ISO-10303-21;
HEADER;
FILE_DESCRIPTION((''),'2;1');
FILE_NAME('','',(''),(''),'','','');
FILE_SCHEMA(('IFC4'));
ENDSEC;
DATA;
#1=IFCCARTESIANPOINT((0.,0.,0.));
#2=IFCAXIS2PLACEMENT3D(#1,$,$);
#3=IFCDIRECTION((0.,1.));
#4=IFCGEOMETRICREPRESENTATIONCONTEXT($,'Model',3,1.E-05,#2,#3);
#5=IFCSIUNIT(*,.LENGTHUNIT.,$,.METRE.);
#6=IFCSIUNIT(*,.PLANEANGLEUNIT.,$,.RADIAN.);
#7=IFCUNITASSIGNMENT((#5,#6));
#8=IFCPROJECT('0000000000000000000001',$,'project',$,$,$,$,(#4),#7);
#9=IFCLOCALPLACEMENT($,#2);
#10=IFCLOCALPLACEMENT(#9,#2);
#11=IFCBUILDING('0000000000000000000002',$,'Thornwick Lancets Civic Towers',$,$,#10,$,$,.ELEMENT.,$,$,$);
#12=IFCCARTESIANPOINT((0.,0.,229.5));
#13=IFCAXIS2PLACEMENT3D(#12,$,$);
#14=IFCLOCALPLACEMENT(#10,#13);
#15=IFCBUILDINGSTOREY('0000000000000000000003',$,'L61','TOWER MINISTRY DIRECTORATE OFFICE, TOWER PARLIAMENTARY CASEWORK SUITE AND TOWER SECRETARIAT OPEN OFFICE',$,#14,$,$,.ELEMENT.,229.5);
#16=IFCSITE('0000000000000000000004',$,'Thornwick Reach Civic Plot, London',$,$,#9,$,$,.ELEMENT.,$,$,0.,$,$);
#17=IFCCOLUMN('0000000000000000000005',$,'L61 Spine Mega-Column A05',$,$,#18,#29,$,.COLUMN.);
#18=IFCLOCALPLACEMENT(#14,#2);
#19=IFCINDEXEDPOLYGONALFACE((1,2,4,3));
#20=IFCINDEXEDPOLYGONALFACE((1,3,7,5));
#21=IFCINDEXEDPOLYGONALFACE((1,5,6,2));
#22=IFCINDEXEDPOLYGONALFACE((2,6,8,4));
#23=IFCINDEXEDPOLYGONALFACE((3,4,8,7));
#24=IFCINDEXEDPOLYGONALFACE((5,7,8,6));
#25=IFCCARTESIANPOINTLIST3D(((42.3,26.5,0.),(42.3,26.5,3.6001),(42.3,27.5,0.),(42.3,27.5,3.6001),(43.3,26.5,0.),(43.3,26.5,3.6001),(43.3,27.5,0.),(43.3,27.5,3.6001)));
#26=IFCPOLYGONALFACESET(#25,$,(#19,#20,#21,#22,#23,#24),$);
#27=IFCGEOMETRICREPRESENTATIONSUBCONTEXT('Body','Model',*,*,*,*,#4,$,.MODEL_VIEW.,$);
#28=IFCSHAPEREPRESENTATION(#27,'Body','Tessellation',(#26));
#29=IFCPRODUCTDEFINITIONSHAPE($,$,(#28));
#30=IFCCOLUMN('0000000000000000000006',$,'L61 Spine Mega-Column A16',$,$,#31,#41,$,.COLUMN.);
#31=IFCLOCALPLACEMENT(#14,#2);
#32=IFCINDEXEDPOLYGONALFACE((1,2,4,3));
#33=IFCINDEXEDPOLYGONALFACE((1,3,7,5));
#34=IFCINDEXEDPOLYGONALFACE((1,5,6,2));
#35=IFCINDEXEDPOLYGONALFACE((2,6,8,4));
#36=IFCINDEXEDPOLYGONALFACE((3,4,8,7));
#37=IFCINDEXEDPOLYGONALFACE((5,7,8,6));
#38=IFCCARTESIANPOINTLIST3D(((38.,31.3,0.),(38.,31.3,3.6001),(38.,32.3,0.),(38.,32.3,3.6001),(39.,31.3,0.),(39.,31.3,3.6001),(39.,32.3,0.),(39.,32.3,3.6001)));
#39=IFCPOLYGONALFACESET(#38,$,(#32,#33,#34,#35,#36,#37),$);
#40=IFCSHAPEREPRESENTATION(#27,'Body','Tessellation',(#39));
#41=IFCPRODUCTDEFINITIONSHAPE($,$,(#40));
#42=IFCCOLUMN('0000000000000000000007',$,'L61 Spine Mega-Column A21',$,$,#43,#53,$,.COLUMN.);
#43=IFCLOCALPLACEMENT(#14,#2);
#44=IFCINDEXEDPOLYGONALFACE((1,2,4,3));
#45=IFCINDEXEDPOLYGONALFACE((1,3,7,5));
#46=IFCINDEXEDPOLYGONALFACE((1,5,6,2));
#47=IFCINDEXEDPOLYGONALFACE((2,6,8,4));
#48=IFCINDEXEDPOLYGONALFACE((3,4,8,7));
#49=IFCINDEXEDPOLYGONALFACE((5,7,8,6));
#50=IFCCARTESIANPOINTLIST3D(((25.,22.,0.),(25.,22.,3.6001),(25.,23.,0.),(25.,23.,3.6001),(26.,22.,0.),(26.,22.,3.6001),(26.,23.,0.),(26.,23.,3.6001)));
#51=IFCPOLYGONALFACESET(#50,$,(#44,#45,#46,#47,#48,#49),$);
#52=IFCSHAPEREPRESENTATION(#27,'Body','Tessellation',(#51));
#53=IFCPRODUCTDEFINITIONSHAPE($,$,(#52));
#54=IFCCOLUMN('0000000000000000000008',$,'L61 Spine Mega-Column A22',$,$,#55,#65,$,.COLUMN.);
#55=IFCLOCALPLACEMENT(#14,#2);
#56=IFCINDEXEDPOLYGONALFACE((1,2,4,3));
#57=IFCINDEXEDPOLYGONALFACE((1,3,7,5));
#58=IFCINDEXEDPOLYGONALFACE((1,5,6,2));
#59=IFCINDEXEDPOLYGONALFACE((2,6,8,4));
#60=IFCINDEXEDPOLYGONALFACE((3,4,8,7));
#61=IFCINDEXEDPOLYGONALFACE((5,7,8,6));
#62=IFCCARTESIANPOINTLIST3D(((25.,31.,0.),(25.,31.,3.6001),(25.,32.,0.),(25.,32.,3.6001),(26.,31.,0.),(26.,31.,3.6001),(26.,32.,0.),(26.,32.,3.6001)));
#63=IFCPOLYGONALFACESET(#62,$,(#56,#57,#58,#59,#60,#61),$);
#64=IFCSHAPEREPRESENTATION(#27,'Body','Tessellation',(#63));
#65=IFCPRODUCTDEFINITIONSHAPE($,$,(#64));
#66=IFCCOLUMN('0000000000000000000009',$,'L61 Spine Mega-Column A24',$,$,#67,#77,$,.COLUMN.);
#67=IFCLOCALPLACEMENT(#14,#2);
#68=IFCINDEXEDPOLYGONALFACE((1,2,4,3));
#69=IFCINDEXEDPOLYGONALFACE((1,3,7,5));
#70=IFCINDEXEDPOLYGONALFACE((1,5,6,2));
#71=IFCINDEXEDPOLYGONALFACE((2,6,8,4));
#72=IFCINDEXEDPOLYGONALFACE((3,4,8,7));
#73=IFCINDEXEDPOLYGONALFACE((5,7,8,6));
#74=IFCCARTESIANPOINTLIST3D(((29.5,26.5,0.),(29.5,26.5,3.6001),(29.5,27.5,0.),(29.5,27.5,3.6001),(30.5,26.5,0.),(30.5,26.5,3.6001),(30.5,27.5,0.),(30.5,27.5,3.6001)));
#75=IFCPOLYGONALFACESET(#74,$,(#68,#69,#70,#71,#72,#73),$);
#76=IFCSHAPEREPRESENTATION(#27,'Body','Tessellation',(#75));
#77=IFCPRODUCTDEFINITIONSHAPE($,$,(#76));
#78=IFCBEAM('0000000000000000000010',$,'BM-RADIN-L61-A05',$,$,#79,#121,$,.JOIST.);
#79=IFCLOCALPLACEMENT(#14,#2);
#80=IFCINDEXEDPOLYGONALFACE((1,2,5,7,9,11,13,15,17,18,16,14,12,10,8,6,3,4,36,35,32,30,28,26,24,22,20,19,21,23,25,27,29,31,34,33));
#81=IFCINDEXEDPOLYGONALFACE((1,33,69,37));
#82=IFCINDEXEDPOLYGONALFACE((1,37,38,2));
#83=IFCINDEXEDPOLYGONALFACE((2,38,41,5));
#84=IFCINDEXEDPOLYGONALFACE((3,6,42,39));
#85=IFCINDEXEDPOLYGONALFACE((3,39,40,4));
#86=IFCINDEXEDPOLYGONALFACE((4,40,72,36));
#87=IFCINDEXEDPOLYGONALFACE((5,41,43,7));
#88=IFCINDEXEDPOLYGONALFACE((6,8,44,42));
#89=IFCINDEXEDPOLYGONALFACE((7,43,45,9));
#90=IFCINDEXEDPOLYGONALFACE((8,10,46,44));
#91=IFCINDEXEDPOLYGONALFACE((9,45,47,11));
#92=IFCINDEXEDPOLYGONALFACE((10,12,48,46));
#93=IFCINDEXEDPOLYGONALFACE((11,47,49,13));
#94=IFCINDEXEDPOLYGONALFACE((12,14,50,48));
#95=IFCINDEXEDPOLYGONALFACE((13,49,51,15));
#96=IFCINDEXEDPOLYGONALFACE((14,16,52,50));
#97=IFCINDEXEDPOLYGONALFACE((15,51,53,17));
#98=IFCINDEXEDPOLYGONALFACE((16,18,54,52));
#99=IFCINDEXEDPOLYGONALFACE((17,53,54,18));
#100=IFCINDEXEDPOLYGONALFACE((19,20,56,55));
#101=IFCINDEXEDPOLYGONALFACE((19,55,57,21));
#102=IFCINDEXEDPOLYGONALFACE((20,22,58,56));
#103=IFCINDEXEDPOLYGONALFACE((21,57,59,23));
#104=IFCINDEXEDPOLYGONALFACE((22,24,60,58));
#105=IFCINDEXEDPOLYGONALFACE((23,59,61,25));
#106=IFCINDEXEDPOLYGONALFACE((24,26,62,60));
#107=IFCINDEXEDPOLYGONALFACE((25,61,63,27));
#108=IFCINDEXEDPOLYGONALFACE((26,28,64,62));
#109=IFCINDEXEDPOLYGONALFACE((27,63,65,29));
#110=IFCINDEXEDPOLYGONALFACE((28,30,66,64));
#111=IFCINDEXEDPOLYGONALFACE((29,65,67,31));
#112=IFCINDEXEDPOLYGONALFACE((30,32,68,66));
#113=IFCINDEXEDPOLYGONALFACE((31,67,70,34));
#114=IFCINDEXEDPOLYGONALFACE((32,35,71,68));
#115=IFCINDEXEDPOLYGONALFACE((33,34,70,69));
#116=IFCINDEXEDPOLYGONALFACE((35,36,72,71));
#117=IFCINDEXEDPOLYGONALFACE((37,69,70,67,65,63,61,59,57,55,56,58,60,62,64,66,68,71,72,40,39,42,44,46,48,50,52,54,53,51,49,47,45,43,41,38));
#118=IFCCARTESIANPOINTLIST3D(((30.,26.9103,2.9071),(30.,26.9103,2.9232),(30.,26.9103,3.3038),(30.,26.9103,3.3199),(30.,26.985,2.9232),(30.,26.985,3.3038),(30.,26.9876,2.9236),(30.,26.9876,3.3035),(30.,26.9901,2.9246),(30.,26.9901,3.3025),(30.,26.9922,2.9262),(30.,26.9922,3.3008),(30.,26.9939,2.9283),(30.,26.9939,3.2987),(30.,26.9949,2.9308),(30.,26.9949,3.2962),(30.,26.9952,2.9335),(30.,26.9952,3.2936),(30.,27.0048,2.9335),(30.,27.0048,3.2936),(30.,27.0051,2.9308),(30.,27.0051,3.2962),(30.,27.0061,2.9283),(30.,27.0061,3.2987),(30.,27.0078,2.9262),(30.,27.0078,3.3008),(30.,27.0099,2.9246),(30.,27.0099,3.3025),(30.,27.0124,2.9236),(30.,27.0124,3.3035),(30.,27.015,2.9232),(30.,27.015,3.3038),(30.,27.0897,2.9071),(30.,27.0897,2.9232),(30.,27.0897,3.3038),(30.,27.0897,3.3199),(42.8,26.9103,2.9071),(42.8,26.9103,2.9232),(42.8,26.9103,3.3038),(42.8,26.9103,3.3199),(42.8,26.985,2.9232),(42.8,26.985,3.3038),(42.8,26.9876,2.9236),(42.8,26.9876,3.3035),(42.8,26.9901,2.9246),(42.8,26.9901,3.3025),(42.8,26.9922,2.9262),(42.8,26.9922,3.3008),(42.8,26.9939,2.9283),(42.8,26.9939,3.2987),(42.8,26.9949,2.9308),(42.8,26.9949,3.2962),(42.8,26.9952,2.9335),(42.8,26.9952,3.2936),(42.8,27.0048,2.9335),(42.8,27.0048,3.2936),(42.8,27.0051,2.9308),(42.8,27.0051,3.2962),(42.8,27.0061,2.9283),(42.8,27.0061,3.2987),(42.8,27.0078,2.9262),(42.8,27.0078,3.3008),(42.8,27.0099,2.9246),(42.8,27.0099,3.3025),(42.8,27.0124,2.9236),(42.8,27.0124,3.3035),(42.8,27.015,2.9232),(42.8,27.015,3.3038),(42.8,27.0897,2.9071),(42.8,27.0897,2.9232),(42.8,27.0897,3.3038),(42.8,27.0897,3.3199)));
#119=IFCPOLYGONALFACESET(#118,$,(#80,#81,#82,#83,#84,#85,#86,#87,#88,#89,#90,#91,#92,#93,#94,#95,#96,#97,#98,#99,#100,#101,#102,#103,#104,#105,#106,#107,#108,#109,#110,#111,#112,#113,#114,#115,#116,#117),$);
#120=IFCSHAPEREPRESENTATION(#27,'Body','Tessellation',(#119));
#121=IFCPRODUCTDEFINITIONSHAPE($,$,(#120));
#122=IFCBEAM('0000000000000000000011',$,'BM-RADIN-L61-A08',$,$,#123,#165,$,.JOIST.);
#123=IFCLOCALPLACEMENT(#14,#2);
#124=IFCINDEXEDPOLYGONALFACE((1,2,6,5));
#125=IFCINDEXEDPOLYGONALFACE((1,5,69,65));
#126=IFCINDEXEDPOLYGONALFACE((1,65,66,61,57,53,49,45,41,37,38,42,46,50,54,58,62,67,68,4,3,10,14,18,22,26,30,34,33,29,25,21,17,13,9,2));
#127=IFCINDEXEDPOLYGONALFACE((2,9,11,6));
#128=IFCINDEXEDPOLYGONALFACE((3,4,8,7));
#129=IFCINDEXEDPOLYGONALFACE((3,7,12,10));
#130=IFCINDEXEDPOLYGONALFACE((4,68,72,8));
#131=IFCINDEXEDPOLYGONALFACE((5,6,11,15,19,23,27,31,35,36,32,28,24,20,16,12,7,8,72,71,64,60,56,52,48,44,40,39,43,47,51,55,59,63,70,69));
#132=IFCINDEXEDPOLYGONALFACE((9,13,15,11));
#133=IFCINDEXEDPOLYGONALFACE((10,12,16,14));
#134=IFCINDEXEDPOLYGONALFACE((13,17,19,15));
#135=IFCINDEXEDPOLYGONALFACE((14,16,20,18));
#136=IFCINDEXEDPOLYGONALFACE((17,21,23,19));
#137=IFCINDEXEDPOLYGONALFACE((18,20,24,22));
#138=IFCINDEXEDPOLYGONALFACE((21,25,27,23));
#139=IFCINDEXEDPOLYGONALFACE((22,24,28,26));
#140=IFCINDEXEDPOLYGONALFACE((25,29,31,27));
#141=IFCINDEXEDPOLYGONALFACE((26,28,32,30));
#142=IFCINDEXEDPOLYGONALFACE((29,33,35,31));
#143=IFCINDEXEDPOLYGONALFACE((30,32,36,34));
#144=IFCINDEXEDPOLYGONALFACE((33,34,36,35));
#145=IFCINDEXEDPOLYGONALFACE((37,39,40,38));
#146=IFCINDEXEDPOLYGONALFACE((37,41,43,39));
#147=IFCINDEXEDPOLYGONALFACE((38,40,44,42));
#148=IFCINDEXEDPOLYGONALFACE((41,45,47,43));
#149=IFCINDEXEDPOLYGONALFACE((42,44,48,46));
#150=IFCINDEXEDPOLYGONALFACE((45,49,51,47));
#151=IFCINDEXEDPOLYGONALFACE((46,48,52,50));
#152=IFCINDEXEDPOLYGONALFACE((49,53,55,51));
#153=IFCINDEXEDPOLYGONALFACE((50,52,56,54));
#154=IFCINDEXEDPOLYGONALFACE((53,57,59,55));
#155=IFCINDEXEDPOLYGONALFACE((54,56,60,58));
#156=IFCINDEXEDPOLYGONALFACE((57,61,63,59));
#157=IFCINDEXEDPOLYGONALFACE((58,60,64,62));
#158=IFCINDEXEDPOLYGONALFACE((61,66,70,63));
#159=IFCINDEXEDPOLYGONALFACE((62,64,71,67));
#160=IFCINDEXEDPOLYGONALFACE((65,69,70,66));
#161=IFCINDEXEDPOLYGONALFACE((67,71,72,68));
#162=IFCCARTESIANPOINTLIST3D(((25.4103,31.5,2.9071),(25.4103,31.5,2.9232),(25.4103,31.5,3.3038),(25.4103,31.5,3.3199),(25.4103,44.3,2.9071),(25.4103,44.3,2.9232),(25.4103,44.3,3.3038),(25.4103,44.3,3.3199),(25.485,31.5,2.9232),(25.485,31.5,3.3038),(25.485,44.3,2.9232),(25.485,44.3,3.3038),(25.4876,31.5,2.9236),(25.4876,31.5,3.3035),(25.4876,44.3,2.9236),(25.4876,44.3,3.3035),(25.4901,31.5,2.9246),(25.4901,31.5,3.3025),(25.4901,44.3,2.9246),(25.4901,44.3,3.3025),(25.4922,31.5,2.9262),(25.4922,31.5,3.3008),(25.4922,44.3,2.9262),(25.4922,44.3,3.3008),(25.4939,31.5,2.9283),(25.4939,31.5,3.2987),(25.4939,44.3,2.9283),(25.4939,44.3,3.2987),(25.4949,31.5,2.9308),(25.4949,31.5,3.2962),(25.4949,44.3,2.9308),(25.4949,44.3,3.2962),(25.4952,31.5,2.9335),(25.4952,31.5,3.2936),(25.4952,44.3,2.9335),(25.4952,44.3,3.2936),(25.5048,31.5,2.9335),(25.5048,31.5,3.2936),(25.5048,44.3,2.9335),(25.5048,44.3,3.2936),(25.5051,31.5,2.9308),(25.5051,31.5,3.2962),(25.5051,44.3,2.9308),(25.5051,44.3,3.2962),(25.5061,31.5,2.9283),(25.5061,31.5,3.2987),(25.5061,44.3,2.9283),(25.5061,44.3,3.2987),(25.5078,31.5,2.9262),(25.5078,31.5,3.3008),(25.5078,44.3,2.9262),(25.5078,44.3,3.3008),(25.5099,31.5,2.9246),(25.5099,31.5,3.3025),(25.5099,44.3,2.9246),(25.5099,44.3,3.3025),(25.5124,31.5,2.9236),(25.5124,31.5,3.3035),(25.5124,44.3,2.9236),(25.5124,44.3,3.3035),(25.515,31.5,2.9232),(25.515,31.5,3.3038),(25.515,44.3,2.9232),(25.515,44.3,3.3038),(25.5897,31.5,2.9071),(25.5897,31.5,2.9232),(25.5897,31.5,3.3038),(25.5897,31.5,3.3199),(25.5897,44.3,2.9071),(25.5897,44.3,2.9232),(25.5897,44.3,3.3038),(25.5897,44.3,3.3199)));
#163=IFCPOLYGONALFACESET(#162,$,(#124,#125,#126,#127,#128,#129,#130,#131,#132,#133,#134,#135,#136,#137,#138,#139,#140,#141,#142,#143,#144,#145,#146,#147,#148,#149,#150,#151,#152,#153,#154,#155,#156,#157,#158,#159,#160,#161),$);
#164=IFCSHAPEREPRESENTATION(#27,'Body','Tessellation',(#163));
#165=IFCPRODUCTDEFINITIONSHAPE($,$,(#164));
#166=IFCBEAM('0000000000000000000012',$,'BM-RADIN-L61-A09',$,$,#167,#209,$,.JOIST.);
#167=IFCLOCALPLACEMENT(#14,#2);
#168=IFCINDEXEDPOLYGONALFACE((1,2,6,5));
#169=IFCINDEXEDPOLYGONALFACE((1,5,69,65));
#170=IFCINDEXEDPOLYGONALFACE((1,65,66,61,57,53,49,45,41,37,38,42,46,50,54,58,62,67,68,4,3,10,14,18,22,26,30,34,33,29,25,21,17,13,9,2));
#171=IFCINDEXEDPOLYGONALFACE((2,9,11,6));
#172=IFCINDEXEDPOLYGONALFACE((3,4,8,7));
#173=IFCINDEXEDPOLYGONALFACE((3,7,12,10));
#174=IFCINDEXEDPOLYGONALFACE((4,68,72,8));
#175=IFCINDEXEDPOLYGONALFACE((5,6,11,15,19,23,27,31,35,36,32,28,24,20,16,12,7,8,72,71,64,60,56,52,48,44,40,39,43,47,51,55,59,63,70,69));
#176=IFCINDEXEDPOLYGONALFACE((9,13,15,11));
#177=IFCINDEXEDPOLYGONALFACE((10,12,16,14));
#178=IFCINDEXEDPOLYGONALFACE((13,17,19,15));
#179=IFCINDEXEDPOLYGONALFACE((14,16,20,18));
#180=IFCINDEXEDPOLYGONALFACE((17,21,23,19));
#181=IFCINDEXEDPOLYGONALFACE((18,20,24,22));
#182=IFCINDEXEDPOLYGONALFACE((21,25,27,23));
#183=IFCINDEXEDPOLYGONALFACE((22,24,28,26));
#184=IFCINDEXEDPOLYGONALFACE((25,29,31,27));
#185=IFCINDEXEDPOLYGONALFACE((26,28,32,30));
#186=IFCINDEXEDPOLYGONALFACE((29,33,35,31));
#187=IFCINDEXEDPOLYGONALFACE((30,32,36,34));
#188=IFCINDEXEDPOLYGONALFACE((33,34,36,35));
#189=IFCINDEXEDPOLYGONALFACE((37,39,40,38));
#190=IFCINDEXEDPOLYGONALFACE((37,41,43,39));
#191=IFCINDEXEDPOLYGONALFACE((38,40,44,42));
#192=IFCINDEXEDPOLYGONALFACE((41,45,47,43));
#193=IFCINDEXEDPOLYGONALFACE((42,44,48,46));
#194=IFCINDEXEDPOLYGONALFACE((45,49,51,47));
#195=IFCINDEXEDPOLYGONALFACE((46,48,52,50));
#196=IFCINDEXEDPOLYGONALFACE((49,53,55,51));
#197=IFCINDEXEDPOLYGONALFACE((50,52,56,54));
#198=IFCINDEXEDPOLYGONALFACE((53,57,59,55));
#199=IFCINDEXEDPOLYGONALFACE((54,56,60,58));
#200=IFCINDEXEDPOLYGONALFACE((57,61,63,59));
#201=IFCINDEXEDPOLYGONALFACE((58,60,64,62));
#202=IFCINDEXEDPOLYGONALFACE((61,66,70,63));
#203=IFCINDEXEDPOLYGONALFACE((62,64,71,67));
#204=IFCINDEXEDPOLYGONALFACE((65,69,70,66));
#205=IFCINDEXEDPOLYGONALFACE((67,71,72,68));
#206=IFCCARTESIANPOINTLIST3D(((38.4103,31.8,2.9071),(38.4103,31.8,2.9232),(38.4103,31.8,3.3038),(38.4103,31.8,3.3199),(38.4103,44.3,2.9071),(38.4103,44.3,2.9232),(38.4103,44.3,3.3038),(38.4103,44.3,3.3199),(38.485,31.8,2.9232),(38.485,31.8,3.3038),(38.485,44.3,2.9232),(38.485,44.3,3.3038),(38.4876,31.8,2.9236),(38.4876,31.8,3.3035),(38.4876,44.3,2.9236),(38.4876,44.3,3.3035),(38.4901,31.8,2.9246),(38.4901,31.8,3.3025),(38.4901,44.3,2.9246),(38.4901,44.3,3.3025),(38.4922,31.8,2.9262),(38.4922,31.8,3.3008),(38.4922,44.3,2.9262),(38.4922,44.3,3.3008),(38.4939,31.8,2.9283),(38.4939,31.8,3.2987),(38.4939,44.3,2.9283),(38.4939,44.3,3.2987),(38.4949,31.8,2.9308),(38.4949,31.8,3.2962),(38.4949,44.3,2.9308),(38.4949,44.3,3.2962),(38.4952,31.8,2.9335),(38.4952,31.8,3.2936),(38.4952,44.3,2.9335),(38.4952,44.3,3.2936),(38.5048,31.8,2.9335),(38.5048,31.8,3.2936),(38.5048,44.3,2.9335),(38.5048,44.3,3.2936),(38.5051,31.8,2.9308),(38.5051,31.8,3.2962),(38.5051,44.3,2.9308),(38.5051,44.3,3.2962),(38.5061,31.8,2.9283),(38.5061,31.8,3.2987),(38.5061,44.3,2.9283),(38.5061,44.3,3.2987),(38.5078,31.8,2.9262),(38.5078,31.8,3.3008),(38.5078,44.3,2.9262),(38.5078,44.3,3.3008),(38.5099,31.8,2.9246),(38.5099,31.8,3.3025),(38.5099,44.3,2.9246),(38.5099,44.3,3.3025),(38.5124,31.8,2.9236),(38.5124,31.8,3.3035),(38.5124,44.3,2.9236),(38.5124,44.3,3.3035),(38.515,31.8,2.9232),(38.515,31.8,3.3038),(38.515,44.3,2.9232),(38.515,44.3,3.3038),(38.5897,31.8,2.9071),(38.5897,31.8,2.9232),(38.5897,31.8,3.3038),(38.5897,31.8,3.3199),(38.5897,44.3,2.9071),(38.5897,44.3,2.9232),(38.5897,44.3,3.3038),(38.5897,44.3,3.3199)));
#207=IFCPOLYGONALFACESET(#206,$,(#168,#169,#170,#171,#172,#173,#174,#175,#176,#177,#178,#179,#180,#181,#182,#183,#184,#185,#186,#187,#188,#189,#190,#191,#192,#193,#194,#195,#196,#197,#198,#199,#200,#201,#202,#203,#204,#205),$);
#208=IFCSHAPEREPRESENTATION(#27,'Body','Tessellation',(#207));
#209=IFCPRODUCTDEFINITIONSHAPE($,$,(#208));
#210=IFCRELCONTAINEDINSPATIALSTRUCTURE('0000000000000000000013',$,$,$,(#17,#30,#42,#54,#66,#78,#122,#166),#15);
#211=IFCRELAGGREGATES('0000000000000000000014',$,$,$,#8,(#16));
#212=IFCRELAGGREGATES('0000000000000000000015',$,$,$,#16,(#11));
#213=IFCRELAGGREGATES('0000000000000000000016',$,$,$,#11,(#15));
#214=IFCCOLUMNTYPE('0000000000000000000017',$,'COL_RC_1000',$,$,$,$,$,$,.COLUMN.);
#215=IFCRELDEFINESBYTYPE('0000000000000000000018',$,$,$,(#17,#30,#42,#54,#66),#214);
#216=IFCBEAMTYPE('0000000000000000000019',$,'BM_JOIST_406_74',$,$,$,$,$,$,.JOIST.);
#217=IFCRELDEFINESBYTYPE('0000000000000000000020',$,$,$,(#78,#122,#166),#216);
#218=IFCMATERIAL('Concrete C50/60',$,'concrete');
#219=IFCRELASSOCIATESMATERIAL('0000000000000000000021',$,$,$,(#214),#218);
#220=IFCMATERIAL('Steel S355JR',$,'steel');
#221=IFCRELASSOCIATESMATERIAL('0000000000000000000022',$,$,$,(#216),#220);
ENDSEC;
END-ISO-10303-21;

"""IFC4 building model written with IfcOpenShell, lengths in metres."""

from ifc_helpers import new_model, si_unit, direction, frame, origin, origin_2d, place, context, subcontext, project, spatial, rectangle, i_section, extrude, material, material_profile, profile_set, type_object, element, save


model = new_model("IFC4")

# Units and contexts
model_context = context("Model", 3, precision=1e-05, world=origin(), true_north=direction((0.0, 1.0)))
body_context = subcontext(model_context, "Body", "Model", "MODEL_VIEW")
ifc_project = project(units=[si_unit("LENGTHUNIT", "METRE"), si_unit("PLANEANGLEUNIT", "RADIAN")], contexts=[model_context])

# Site, building, storey
site_placement = place(None, origin())
site = spatial("IfcSite", under=ifc_project, at=site_placement, Name="Thornwick Reach Civic Plot, London", CompositionType="ELEMENT", RefElevation=0.0)
building_placement = place(site_placement, origin())
building = spatial("IfcBuilding", under=site, at=building_placement, Name="Thornwick Lancets Civic Towers", CompositionType="ELEMENT")
storey_placement = place(building_placement, frame((0.0, 0.0, 229.5)))
storey = spatial("IfcBuildingStorey", under=building, at=storey_placement, Name="L61", Description="TOWER MINISTRY DIRECTORATE OFFICE, TOWER PARLIAMENTARY CASEWORK SUITE AND TOWER SECRETARIAT OPEN OFFICE", CompositionType="ELEMENT", Elevation=229.5)

# Columns
ifc_material_1 = material(Name="Concrete C50/60", Category="concrete")
ifc_material_profile_1 = material_profile(ifc_material_1, rectangle(XDim=1.0, YDim=1.0, at=origin_2d()), Name="RC 1000x1000")
ifc_profile_set_1 = profile_set([ifc_material_profile_1], Name="Concrete C50/60")
column_type = type_object("IfcColumnType", Name="COL_RC_1000", PredefinedType="COLUMN", material=ifc_profile_set_1)
for number, where, z_axis, x_axis, name in (
    (1, (42.8, 27.0, 0.0), (0.0, 0.0, 1.0), (1.0, 0.0, 0.0), "L61 Spine Mega-Column A05"),
    (2, (38.5, 31.8, 0.0), (0.0, 0.0, 1.0), (1.0, 0.0, 0.0), "L61 Spine Mega-Column A16"),
    (3, (25.5, 22.5, 0.0), (0.0, 0.0, 1.0), (1.0, 0.0, 0.0), "L61 Spine Mega-Column A21"),
    (4, (25.5, 31.5, 0.0), (0.0, 0.0, 1.0), (1.0, 0.0, 0.0), "L61 Spine Mega-Column A22"),
    (5, (30.0, 27.0, 0.0), (0.0, 0.0, 1.0), (1.0, 0.0, 0.0), "L61 Spine Mega-Column A24"),
):
    element("IfcColumn", number, at=place(storey_placement, frame(where, z_axis=z_axis, x_axis=x_axis)), inside=storey, type_object=column_type, Name=name, PredefinedType="COLUMN", context=body_context, shape_type="SweptSolid", body=[
        extrude(rectangle(XDim=1.0, YDim=1.0, at=origin_2d()), origin(), (0.0, 0.0, 1.0), 3.6001),
    ])

# Beams
ifc_material_2 = material(Name="Steel S355JR", Category="steel")
ifc_material_profile_2 = material_profile(ifc_material_2, i_section(OverallWidth=0.1794, OverallDepth=0.4128, WebThickness=0.0095, FlangeThickness=0.0161, FilletRadius=0.0103, at=origin_2d()), Name="UKB 406x178x74")
ifc_profile_set_2 = profile_set([ifc_material_profile_2], Name="Steel S355JR")
beam_type = type_object("IfcBeamType", Name="BM_JOIST_406_74", PredefinedType="JOIST", material=ifc_profile_set_2)
for number, where, z_axis, x_axis, name in (
    (6, (30.0, 27.0, 3.1135), (1.0, 0.0, 0.0), (0.0, 1.0, 0.0), "BM-RADIN-L61-A05"),
    (7, (25.5, 31.5, 3.1135), (0.0, 1.0, 0.0), (-1.0, 0.0, 0.0), "BM-RADIN-L61-A08"),
):
    element("IfcBeam", number, at=place(storey_placement, frame(where, z_axis=z_axis, x_axis=x_axis)), inside=storey, type_object=beam_type, Name=name, PredefinedType="JOIST", context=body_context, shape_type="SweptSolid", body=[
        extrude(i_section(OverallWidth=0.1794, OverallDepth=0.4128, WebThickness=0.0095, FlangeThickness=0.0161, FilletRadius=0.0103, at=origin_2d()), origin(), (0.0, 0.0, 1.0), 12.8),
    ])
beam_placement = place(storey_placement, frame((38.5, 31.8, 3.1135), z_axis=(0.0, 1.0, 0.0), x_axis=(-1.0, 0.0, 0.0)))
element("IfcBeam", 8, at=beam_placement, inside=storey, type_object=beam_type, Name="BM-RADIN-L61-A09", PredefinedType="JOIST", context=body_context, shape_type="SweptSolid", body=[
    extrude(i_section(OverallWidth=0.1794, OverallDepth=0.4128, WebThickness=0.0095, FlangeThickness=0.0161, FilletRadius=0.0103, at=origin_2d()), origin(), (0.0, 0.0, 1.0), 12.5),
])

save(model, "model.ifc")
